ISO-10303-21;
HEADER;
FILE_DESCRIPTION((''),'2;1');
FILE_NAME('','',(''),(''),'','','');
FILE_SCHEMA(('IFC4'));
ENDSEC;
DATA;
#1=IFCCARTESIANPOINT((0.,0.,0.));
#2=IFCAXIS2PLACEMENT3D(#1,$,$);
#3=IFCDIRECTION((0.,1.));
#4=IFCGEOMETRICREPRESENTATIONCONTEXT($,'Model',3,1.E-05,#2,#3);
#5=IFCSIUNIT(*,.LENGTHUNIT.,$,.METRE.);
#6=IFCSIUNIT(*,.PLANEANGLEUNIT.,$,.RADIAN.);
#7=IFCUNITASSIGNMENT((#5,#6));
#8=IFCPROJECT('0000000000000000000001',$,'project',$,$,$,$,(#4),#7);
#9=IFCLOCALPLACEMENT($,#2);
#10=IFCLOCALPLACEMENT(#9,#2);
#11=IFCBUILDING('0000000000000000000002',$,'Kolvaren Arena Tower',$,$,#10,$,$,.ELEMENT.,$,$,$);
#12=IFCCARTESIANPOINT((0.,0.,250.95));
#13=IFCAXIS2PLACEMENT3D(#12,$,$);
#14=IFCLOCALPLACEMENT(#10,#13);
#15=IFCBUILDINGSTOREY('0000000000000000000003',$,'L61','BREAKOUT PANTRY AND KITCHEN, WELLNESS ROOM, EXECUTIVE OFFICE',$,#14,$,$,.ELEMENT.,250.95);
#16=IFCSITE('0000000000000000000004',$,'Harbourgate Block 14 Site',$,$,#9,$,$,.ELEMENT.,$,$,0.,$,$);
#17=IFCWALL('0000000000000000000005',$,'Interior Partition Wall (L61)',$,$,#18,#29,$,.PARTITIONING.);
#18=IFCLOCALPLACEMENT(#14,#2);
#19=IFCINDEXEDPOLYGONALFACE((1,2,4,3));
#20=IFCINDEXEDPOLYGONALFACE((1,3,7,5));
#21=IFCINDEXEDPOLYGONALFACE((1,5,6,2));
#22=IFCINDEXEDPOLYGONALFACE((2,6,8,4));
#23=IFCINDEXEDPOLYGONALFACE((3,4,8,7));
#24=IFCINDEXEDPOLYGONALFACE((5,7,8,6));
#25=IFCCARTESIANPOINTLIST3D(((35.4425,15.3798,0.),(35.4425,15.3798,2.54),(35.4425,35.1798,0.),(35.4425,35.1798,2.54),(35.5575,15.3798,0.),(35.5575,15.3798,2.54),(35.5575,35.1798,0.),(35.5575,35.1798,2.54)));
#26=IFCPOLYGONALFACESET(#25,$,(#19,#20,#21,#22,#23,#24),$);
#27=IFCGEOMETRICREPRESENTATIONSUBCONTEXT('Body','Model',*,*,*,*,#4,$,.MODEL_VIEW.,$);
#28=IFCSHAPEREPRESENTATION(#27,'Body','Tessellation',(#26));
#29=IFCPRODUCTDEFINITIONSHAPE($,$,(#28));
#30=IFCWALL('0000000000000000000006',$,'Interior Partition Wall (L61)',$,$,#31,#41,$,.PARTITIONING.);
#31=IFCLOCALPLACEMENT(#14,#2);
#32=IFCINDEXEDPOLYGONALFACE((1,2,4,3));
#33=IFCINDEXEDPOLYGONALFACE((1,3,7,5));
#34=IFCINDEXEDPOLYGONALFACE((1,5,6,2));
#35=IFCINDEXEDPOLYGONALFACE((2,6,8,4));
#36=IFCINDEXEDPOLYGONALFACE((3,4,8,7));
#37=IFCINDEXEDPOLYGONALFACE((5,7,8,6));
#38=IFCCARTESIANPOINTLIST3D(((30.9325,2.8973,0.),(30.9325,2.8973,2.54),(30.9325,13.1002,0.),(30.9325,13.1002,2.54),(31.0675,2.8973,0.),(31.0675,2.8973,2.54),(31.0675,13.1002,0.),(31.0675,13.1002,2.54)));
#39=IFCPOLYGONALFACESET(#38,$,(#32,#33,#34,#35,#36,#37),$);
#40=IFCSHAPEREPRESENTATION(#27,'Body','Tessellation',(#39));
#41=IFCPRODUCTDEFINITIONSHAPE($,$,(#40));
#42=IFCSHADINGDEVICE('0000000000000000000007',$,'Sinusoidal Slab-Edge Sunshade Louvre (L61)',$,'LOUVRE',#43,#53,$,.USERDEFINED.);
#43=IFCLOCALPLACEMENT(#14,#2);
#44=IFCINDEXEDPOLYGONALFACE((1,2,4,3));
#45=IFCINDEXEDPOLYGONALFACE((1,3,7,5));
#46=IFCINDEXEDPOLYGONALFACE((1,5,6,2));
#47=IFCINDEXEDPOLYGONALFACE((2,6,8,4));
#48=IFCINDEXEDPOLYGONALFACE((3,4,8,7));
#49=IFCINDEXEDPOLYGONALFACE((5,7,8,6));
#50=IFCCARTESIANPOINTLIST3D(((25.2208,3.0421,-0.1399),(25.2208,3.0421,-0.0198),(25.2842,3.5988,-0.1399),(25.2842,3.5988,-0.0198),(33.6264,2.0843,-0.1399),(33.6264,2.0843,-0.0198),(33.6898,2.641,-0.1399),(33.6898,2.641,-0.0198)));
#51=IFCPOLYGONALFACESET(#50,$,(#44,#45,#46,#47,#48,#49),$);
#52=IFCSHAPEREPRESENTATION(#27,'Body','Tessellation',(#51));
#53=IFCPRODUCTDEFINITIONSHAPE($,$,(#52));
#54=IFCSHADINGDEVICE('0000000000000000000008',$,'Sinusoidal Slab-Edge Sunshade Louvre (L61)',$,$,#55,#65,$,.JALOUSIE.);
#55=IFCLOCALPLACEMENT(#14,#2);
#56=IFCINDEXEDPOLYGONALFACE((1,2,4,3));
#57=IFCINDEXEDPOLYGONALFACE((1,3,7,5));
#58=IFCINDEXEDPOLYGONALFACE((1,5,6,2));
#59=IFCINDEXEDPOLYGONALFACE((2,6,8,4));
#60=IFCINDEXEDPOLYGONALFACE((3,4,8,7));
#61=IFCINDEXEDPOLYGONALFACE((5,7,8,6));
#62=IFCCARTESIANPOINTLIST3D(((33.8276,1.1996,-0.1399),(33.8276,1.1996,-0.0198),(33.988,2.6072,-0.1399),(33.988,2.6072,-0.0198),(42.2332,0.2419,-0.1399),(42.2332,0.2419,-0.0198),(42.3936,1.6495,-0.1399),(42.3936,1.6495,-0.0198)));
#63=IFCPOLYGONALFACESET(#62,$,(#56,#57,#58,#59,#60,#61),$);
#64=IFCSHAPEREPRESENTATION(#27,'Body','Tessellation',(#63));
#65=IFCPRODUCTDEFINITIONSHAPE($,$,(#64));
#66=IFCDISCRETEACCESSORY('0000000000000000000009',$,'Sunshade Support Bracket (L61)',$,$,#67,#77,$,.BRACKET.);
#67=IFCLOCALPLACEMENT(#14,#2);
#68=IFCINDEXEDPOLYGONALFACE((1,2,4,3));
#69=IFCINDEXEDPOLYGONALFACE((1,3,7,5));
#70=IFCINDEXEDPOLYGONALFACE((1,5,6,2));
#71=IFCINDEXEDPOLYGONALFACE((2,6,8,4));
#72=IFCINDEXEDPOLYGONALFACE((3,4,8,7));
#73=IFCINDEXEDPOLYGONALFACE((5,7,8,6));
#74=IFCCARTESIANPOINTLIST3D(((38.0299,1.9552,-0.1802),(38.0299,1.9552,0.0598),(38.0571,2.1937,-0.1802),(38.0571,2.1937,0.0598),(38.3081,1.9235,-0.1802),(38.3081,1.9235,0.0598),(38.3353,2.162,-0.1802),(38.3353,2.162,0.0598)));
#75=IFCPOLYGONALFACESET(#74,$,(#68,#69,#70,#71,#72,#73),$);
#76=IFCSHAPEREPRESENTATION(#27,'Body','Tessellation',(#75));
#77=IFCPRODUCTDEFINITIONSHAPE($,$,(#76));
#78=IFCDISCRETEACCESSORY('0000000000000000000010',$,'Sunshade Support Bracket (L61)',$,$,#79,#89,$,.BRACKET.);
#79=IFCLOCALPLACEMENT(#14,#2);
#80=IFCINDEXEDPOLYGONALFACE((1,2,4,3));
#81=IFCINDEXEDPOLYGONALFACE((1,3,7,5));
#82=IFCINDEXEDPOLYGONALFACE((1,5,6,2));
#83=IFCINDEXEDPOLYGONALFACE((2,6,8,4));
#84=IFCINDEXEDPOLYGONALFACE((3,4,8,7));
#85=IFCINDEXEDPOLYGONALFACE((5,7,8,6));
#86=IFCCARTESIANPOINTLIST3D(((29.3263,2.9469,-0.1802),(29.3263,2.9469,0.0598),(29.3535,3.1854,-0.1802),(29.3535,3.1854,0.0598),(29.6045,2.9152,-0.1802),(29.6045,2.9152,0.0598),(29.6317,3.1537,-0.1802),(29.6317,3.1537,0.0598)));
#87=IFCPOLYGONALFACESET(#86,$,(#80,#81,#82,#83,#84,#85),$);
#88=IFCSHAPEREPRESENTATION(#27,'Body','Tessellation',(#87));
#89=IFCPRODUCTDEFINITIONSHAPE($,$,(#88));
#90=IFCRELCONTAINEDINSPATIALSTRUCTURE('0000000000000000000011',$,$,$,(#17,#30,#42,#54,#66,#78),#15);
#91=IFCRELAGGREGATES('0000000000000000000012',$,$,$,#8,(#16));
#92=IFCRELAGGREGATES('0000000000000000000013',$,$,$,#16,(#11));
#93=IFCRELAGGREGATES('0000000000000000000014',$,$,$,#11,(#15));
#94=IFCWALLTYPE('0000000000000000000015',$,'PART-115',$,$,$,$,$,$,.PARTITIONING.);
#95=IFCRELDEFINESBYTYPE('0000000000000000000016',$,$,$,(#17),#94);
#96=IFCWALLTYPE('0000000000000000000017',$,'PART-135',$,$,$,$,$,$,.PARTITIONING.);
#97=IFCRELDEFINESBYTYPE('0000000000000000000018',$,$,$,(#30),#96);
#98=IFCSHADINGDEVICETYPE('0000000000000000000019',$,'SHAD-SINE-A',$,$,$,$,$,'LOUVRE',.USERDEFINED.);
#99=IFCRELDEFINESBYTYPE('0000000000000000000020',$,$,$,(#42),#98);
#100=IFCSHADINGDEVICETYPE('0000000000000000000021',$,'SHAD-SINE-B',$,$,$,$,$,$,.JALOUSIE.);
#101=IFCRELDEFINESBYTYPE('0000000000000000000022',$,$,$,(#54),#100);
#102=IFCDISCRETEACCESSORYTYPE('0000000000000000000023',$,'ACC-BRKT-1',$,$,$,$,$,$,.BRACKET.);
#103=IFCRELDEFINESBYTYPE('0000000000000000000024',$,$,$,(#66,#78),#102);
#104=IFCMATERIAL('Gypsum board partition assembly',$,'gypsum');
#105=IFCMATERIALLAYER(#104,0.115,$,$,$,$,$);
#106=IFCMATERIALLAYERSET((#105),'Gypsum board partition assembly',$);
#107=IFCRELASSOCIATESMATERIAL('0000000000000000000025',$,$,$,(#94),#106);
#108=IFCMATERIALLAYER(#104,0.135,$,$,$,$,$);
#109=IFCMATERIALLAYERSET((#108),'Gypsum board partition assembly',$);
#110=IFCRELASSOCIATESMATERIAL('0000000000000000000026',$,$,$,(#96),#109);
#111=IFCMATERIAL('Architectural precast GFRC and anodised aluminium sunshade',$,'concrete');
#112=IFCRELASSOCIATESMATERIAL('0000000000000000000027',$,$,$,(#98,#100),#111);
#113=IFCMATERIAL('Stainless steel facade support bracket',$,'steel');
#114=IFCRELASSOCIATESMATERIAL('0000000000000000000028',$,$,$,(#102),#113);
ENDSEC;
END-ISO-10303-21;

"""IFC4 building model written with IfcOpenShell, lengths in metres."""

from ifc_helpers import new_model, si_unit, direction, frame, frame_2d, origin, origin_2d, place, context, subcontext, project, spatial, rectangle, extrude, material, layer, layer_set, type_object, element, save


model = new_model("IFC4")

# Units and contexts
model_context = context("Model", 3, precision=1e-05, world=origin(), true_north=direction((0.0, 1.0)))
body_context = subcontext(model_context, "Body", "Model", "MODEL_VIEW")
ifc_project = project(units=[si_unit("LENGTHUNIT", "METRE"), si_unit("PLANEANGLEUNIT", "RADIAN")], contexts=[model_context])

# Site, building, storey
site_placement = place(None, origin())
site = spatial("IfcSite", under=ifc_project, at=site_placement, Name="Harbourgate Block 14 Site", CompositionType="ELEMENT", RefElevation=0.0)
building_placement = place(site_placement, origin())
building = spatial("IfcBuilding", under=site, at=building_placement, Name="Kolvaren Arena Tower", CompositionType="ELEMENT")
storey_placement = place(building_placement, frame((0.0, 0.0, 250.95)))
storey = spatial("IfcBuildingStorey", under=building, at=storey_placement, Name="L61", Description="BREAKOUT PANTRY AND KITCHEN, WELLNESS ROOM, EXECUTIVE OFFICE", CompositionType="ELEMENT", Elevation=250.95)

# Walls
ifc_material_1 = material(Name="Gypsum board partition assembly", Category="gypsum")
ifc_layer_1 = layer(ifc_material_1, 0.115)
ifc_layer_set_1 = layer_set([ifc_layer_1], Name="Gypsum board partition assembly")
wall_type_1 = type_object("IfcWallType", Name="PART-115", PredefinedType="PARTITIONING", material=ifc_layer_set_1)
wall_1_placement = place(storey_placement, frame((35.5, 15.3799, 0.0), z_axis=(0.0, 0.0, 1.0), x_axis=(0.0, 1.0, 0.0)))
element("IfcWall", 1, at=wall_1_placement, inside=storey, type_object=wall_type_1, Name="Interior Partition Wall (L61)", PredefinedType="PARTITIONING", context=body_context, shape_type="SweptSolid", body=[
    extrude(rectangle(XDim=19.8, YDim=0.115, at=frame_2d((9.8999, 0.0))), origin(), (0.0, 0.0, 1.0), 2.54),
])
ifc_layer_2 = layer(ifc_material_1, 0.135)
ifc_layer_set_2 = layer_set([ifc_layer_2], Name="Gypsum board partition assembly")
wall_type_2 = type_object("IfcWallType", Name="PART-135", PredefinedType="PARTITIONING", material=ifc_layer_set_2)
wall_2_placement = place(storey_placement, frame((31.0, 2.8972, 0.0), z_axis=(0.0, 0.0, 1.0), x_axis=(0.0, 1.0, 0.0)))
element("IfcWall", 2, at=wall_2_placement, inside=storey, type_object=wall_type_2, Name="Interior Partition Wall (L61)", PredefinedType="PARTITIONING", context=body_context, shape_type="SweptSolid", body=[
    extrude(rectangle(XDim=10.2029, YDim=0.135, at=frame_2d((5.1016, 0.0))), origin(), (0.0, 0.0, 1.0), 2.54),
])

# Shading devices
ifc_material_2 = material(Name="Architectural precast GFRC and anodised aluminium sunshade", Category="concrete")
shading_device_type_1 = type_object("IfcShadingDeviceType", Name="SHAD-SINE-A", ElementType="LOUVRE", PredefinedType="USERDEFINED", material=ifc_material_2)
shading_device_1_placement = place(storey_placement, frame((29.4553, 2.8416, -0.1399), z_axis=(0.0, 0.0, 1.0), x_axis=(-0.993572, 0.113205, 0.0)))
element("IfcShadingDevice", 3, at=shading_device_1_placement, inside=storey, type_object=shading_device_type_1, Name="Sinusoidal Slab-Edge Sunshade Louvre (L61)", ObjectType="LOUVRE", PredefinedType="USERDEFINED", context=body_context, shape_type="SweptSolid", body=[
    extrude(rectangle(XDim=8.46, YDim=0.5603, at=origin_2d()), origin(), (0.0, 0.0, 1.0), 0.1201),
])
shading_device_type_2 = type_object("IfcShadingDeviceType", Name="SHAD-SINE-B", PredefinedType="JALOUSIE", material=ifc_material_2)
shading_device_2_placement = place(storey_placement, frame((38.1106, 1.4246, -0.1399), z_axis=(0.0, 0.0, 1.0), x_axis=(-0.993572, 0.113205, 0.0)))
element("IfcShadingDevice", 4, at=shading_device_2_placement, inside=storey, type_object=shading_device_type_2, Name="Sinusoidal Slab-Edge Sunshade Louvre (L61)", PredefinedType="JALOUSIE", context=body_context, shape_type="SweptSolid", body=[
    extrude(rectangle(XDim=8.46, YDim=1.4167, at=origin_2d()), origin(), (0.0, 0.0, 1.0), 0.1201),
])

# Discrete accessories
ifc_material_3 = material(Name="Stainless steel facade support bracket", Category="steel")
discrete_accessory_type = type_object("IfcDiscreteAccessoryType", Name="ACC-BRKT-1", PredefinedType="BRACKET", material=ifc_material_3)
for number, where, z_axis, x_axis, name in (
    (5, (38.1826, 2.0586, -0.1802), (0.0, 0.0, 1.0), (-0.993572, 0.113205, 0.0), "Sunshade Support Bracket (L61)"),
    (6, (29.479, 3.0503, -0.1802), (0.0, 0.0, 1.0), (-0.993572, 0.113205, 0.0), "Sunshade Support Bracket (L61)"),
):
    element("IfcDiscreteAccessory", number, at=place(storey_placement, frame(where, z_axis=z_axis, x_axis=x_axis)), inside=storey, type_object=discrete_accessory_type, Name=name, PredefinedType="BRACKET", context=body_context, shape_type="SweptSolid", body=[
        extrude(rectangle(XDim=0.28, YDim=0.24, at=origin_2d()), origin(), (0.0, 0.0, 1.0), 0.24),
    ])

save(model, "model.ifc")
